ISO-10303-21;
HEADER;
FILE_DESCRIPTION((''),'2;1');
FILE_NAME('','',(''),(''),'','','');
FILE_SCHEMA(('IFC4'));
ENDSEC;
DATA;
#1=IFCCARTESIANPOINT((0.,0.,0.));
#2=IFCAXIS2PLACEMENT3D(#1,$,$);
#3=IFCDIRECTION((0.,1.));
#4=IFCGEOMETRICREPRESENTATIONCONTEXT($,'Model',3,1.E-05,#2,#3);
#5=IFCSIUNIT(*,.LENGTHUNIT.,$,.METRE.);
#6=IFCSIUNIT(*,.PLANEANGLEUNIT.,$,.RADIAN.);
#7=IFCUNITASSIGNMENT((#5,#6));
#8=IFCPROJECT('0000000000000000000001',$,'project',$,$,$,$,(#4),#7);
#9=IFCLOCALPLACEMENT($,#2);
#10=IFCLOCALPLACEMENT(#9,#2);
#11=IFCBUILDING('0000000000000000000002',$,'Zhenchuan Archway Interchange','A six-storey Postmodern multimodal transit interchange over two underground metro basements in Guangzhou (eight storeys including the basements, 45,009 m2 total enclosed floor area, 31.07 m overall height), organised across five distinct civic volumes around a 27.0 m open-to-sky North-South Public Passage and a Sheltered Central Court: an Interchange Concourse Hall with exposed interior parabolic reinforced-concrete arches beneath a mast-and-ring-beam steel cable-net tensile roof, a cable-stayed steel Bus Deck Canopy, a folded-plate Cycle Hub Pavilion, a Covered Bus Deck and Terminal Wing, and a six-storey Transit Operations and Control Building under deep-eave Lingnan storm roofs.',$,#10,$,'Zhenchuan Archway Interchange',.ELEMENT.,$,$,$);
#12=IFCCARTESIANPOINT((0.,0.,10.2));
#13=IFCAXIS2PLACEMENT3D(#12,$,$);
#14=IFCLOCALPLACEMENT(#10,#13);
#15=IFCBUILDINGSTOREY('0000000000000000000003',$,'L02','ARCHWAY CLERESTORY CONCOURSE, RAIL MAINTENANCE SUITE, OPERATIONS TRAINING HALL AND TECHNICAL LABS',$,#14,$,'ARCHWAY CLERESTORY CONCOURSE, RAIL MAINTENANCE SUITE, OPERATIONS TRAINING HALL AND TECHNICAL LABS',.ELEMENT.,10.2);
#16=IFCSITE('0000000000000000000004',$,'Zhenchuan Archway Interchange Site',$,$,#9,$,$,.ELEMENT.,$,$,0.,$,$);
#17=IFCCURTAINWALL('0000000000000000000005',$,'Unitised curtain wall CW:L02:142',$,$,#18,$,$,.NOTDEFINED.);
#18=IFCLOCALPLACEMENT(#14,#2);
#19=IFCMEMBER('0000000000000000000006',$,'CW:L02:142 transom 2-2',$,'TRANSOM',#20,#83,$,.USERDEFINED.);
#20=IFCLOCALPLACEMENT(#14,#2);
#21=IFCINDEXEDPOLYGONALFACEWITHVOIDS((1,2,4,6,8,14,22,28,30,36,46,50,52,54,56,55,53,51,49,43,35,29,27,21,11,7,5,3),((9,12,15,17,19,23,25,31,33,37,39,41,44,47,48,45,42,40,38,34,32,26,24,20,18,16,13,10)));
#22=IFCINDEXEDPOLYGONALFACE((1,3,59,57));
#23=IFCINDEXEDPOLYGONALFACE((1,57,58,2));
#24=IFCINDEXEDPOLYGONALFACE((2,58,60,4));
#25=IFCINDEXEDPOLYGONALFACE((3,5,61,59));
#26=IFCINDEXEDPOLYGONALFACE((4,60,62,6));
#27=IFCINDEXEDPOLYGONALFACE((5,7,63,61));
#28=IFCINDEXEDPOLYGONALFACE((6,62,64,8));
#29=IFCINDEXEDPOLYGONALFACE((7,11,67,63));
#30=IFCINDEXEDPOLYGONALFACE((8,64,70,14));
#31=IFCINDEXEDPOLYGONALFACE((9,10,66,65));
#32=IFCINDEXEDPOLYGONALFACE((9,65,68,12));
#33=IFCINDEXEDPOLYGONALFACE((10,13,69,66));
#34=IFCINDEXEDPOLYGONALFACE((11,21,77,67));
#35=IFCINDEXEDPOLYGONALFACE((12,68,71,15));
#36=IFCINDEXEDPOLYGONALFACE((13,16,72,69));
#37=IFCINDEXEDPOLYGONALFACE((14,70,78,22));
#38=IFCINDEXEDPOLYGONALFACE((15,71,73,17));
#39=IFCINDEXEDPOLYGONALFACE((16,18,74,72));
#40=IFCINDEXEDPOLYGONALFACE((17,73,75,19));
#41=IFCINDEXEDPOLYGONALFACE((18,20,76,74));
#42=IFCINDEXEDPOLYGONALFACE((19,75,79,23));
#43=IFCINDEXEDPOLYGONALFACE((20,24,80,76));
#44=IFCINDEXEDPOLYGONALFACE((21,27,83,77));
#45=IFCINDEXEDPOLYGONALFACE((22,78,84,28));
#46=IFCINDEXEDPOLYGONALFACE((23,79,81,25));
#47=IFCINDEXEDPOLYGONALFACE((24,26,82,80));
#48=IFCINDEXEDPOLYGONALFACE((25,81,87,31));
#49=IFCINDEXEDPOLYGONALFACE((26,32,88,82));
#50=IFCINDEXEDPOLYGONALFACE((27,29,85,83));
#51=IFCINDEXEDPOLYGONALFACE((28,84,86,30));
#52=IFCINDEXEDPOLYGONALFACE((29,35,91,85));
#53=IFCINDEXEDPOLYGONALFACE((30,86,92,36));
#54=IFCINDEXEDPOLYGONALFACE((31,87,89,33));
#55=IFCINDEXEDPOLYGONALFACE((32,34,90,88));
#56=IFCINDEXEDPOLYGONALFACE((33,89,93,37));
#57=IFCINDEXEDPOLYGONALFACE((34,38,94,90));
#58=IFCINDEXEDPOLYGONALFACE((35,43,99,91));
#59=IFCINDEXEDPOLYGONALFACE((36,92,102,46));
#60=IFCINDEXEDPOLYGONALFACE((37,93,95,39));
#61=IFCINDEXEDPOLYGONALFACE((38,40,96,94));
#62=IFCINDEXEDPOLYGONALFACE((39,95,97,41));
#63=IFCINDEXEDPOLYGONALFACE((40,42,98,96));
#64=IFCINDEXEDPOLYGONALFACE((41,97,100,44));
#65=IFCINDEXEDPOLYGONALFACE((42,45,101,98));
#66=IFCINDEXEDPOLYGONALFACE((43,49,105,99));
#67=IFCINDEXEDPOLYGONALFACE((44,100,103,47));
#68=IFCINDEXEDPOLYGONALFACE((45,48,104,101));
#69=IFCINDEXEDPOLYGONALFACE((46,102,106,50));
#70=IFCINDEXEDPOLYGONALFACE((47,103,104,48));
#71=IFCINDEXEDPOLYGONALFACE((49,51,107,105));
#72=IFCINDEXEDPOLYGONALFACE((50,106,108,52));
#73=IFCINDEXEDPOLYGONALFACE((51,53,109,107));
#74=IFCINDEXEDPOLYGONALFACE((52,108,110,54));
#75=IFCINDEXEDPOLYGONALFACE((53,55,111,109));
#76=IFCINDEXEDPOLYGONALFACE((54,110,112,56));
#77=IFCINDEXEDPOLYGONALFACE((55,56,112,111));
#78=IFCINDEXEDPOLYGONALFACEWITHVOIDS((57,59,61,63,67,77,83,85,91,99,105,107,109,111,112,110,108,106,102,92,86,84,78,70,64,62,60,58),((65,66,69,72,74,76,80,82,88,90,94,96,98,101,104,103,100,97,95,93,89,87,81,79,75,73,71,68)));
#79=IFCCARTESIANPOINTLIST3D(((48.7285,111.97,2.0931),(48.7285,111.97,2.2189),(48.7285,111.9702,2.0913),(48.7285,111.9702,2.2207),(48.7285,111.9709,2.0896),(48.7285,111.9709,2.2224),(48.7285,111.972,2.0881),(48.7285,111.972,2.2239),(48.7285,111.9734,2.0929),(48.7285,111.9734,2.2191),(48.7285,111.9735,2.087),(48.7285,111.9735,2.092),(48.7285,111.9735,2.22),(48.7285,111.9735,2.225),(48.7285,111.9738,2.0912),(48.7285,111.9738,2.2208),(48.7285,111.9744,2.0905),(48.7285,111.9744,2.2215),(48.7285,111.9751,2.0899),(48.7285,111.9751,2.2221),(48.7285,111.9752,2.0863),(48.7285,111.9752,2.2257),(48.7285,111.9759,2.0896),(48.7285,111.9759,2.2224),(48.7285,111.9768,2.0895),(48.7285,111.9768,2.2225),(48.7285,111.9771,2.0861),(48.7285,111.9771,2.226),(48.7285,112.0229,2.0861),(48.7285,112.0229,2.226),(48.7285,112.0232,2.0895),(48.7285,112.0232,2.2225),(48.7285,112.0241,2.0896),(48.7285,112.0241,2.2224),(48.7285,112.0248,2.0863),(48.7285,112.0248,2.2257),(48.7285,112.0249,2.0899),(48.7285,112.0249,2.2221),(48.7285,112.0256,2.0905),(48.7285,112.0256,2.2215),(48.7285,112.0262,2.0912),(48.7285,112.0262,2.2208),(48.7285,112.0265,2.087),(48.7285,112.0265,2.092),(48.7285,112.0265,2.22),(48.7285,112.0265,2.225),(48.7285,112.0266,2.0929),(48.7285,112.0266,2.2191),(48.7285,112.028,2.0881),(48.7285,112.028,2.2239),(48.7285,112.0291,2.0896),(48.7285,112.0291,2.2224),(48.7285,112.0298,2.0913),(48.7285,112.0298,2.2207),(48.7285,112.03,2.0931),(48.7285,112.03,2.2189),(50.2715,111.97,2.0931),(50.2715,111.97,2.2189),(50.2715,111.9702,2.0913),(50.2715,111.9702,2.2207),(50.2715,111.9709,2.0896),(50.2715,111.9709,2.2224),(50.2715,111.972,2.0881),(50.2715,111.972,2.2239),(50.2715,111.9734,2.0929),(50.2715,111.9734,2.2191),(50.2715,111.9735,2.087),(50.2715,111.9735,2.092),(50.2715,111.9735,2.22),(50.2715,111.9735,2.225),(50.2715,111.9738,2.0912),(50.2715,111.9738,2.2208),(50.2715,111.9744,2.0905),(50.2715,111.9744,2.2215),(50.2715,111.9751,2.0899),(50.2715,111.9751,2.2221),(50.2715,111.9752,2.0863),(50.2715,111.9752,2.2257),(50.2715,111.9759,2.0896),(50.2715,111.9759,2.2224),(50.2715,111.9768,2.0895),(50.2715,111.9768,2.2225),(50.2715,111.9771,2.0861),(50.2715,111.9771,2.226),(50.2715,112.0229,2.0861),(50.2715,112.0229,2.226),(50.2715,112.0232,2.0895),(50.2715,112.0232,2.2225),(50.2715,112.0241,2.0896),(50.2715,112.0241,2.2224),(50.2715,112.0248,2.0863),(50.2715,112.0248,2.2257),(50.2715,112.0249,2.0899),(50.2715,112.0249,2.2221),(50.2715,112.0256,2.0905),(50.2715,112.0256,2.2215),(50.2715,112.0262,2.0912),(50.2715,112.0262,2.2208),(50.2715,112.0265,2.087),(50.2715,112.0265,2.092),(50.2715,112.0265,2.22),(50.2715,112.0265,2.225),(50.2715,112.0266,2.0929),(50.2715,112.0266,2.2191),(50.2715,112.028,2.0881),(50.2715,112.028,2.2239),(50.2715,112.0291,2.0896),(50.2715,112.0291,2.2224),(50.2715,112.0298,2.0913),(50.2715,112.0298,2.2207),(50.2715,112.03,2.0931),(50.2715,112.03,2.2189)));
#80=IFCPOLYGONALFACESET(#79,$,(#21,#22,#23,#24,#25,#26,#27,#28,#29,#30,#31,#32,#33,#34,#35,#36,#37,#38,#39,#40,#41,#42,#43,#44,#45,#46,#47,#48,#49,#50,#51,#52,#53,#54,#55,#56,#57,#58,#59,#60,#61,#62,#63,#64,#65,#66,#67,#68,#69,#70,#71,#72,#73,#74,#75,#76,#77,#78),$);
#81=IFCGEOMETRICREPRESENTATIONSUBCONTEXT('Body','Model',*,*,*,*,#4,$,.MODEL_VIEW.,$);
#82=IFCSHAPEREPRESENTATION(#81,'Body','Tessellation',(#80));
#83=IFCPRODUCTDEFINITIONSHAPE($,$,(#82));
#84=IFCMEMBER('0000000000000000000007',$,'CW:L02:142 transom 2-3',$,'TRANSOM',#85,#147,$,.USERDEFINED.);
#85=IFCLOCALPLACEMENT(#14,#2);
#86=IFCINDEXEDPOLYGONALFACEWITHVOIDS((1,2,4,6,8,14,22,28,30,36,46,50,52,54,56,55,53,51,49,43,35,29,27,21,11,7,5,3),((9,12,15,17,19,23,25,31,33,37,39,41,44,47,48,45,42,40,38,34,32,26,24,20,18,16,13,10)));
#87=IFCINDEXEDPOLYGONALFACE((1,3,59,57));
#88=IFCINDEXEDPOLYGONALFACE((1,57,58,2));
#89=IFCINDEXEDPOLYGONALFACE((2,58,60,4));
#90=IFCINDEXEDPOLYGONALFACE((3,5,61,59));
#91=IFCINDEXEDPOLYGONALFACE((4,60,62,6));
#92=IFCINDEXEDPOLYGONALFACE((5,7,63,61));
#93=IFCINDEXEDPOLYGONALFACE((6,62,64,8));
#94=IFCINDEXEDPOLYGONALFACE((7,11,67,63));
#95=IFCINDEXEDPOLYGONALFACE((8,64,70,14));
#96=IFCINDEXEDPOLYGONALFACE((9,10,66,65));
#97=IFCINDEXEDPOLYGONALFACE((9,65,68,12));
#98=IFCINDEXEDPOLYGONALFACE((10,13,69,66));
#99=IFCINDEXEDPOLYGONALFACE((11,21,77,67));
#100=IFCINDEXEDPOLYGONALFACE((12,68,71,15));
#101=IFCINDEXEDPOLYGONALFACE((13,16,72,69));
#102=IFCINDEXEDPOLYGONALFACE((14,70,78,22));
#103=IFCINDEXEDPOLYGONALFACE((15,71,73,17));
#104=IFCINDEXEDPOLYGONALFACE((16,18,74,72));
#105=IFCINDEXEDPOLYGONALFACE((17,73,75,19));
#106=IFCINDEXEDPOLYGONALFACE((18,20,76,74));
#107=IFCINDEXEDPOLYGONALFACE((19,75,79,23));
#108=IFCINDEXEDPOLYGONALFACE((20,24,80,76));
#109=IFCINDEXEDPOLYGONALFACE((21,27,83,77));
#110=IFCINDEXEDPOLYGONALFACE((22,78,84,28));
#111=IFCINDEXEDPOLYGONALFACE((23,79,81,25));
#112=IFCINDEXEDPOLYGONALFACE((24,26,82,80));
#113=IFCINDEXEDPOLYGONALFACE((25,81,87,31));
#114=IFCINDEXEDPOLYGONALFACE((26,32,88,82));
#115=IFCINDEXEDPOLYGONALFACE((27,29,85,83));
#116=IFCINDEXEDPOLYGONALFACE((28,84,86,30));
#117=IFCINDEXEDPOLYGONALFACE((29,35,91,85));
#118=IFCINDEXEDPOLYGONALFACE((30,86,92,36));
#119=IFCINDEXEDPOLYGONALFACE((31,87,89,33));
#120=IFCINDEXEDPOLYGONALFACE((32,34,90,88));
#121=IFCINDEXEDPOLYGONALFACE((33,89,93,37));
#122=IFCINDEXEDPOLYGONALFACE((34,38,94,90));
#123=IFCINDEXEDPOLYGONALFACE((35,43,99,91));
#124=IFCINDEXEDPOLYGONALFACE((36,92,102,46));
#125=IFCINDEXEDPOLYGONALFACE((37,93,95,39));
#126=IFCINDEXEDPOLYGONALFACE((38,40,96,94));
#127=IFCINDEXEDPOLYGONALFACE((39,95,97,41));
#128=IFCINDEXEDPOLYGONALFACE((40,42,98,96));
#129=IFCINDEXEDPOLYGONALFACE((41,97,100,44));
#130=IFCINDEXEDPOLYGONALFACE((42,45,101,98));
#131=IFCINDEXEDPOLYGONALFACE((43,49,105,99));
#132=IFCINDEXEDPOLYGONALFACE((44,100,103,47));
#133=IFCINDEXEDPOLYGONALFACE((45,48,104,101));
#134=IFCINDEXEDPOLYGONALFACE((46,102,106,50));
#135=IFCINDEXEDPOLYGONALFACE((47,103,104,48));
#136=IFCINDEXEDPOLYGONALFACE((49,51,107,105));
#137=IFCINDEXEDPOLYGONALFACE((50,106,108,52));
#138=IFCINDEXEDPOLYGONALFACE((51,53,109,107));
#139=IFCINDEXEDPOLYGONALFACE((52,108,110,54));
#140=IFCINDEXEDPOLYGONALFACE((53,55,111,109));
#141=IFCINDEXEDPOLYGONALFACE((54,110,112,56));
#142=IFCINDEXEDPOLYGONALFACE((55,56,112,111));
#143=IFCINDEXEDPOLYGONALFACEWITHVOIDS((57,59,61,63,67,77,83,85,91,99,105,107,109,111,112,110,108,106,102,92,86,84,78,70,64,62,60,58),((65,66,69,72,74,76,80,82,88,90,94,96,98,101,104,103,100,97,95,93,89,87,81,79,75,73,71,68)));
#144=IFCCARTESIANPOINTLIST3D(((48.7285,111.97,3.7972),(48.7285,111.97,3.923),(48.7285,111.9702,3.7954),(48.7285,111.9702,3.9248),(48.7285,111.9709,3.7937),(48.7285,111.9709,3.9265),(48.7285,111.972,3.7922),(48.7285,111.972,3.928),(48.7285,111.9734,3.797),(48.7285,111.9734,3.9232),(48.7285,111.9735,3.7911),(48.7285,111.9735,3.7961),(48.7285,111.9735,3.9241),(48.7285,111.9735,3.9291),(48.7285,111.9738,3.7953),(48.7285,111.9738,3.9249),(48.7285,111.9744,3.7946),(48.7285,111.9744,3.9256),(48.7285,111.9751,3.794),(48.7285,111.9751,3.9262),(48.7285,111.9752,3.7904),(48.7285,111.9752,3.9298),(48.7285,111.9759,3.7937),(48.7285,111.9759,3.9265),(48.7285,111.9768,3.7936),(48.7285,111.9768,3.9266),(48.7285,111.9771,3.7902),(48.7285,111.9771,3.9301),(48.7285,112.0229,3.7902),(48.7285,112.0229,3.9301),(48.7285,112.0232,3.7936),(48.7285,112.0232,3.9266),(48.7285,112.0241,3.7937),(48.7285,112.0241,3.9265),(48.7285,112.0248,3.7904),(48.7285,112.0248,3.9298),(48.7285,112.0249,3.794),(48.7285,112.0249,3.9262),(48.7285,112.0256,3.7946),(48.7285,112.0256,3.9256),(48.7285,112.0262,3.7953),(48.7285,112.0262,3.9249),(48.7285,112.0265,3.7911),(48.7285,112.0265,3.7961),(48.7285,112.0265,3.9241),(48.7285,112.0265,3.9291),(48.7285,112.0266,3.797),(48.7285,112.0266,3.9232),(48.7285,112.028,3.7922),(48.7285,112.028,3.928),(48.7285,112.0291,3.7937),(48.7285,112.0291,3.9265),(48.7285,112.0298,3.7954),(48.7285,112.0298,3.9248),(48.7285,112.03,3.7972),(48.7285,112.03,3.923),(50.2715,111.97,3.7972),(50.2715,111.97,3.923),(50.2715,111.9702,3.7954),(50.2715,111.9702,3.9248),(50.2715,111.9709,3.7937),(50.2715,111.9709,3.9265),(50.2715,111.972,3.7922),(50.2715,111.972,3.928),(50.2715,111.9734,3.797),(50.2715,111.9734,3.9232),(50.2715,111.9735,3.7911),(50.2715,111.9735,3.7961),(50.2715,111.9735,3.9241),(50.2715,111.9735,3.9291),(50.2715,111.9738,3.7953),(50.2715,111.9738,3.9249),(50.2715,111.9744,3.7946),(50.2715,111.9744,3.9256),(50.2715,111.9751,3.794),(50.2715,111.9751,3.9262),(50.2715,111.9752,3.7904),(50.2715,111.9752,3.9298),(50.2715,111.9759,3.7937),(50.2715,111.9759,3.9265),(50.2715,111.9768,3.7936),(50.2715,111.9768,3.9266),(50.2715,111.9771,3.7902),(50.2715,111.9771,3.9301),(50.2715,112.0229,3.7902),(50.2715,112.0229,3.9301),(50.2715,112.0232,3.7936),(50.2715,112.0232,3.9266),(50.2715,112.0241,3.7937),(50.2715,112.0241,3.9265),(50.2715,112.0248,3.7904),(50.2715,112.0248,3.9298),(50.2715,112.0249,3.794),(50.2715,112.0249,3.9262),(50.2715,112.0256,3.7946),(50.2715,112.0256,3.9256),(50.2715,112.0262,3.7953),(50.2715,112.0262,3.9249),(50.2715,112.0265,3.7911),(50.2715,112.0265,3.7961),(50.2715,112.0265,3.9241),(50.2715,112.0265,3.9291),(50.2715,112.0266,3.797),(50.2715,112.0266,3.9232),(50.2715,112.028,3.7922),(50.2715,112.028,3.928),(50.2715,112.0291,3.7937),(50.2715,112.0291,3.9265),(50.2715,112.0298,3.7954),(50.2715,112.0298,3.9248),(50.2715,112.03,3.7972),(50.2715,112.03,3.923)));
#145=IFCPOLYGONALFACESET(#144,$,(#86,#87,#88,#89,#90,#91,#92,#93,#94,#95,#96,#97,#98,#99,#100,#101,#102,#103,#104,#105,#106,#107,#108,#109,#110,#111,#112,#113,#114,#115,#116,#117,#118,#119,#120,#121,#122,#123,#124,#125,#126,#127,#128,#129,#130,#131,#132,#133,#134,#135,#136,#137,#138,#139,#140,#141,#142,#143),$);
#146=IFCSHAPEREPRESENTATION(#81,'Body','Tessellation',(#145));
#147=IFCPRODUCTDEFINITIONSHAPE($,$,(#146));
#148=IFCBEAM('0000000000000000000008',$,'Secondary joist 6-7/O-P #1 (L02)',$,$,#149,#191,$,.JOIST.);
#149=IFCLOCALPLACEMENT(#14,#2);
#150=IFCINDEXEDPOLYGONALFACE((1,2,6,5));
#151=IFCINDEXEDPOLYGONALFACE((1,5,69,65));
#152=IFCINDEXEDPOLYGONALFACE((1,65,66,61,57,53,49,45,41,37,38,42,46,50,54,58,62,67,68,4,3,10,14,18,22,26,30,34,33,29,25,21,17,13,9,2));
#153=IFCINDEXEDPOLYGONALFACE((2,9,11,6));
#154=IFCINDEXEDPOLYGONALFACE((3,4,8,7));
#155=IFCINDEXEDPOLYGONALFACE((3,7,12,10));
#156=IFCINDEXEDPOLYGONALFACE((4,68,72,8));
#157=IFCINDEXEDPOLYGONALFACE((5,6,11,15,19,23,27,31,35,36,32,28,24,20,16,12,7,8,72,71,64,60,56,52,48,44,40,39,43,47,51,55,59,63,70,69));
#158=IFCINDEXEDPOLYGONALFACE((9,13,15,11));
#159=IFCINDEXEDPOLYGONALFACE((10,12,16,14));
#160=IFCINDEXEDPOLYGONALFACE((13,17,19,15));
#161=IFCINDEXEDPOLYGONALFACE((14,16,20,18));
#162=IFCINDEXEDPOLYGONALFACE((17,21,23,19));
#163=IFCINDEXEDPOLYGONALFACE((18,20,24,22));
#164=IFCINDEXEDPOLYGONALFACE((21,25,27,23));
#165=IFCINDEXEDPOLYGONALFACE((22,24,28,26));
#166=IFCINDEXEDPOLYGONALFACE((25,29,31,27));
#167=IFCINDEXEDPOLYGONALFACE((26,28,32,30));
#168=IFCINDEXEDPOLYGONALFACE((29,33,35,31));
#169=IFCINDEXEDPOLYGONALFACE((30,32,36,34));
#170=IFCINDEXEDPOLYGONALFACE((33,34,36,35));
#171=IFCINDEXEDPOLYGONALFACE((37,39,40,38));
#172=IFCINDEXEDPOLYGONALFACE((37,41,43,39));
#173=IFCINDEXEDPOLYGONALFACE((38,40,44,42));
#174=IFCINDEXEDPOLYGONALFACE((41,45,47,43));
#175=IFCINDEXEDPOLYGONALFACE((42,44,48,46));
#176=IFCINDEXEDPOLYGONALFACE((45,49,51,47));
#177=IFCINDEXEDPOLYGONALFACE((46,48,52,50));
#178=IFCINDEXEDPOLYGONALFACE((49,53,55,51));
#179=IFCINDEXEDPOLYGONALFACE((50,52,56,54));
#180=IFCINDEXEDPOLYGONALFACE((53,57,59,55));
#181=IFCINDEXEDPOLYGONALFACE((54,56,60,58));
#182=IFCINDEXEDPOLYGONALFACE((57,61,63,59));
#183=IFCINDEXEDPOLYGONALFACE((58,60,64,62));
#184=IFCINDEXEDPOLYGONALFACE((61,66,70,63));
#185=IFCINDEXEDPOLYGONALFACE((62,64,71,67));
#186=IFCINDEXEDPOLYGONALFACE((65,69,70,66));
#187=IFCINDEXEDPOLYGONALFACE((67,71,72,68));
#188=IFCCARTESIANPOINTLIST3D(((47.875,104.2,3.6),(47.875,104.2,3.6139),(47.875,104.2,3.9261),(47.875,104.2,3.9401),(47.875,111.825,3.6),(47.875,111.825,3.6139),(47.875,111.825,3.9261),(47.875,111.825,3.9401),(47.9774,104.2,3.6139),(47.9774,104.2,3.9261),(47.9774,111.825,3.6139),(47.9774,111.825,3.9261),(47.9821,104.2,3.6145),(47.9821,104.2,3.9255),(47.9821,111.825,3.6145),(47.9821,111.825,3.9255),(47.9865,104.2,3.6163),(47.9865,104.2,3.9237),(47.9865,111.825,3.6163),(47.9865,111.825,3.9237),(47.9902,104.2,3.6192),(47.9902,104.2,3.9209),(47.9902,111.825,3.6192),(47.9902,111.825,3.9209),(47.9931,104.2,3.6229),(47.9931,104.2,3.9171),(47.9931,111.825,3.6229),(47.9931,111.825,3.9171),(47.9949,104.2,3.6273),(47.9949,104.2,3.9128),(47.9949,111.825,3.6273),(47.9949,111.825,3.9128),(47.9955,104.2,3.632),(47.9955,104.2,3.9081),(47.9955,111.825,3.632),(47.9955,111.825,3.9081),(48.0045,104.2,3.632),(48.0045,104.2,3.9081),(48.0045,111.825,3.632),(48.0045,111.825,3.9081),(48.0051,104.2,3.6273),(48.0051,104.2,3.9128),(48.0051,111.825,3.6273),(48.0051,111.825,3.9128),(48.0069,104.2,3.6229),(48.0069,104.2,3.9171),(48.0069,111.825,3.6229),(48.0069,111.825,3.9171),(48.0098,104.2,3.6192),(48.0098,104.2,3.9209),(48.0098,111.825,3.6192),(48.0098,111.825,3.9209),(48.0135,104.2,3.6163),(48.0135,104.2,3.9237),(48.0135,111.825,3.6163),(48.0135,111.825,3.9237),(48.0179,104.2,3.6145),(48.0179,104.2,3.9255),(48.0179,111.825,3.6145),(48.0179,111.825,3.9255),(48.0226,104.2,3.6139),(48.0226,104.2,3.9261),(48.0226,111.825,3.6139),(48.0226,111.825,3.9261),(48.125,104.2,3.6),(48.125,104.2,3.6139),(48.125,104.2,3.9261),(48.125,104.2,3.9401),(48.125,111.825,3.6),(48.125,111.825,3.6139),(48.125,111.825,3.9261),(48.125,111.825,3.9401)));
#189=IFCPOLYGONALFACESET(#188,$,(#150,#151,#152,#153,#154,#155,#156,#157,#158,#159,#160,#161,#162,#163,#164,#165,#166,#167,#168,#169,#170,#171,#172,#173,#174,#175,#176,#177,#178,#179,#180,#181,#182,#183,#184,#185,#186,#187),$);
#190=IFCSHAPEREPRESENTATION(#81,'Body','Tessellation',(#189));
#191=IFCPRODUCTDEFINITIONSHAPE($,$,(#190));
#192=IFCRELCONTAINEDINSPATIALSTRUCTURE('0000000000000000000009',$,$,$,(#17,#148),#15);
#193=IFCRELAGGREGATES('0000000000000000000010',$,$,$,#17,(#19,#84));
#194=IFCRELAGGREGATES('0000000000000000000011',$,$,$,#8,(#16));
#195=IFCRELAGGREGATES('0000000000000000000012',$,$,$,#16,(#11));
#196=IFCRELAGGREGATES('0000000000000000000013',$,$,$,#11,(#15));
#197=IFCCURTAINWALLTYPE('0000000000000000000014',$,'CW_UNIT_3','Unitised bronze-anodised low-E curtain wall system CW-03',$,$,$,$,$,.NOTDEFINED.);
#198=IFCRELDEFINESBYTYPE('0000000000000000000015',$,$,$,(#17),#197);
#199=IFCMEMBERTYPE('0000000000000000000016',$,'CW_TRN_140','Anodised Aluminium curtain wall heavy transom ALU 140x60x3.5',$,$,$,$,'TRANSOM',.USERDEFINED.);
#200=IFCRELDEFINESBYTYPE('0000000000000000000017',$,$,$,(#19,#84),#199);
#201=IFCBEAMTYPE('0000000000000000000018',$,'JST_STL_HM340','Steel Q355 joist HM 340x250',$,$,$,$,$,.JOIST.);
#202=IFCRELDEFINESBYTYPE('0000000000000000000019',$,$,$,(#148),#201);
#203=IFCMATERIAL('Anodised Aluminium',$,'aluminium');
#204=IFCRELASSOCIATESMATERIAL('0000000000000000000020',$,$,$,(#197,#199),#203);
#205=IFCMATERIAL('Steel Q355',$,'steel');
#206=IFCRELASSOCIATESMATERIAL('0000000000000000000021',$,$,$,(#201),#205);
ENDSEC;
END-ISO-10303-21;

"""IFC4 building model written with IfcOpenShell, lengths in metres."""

from ifc_helpers import new_model, si_unit, direction, frame, origin, origin_2d, place, context, subcontext, project, spatial, hollow_rectangle, i_section, extrude, material, material_profile, profile_set, type_object, element, aggregate, save


model = new_model("IFC4")

# Units and contexts
model_context = context("Model", 3, precision=1e-05, world=origin(), true_north=direction((0.0, 1.0)))
body_context = subcontext(model_context, "Body", "Model", "MODEL_VIEW")
ifc_project = project(units=[si_unit("LENGTHUNIT", "METRE"), si_unit("PLANEANGLEUNIT", "RADIAN")], contexts=[model_context])

# Site, building, storey
site_placement = place(None, origin())
site = spatial("IfcSite", under=ifc_project, at=site_placement, Name="Zhenchuan Archway Interchange Site", CompositionType="ELEMENT", RefElevation=0.0)
building_placement = place(site_placement, origin())
building = spatial("IfcBuilding", under=site, at=building_placement, Name="Zhenchuan Archway Interchange", Description="A six-storey Postmodern multimodal transit interchange over two underground metro basements in Guangzhou (eight storeys including the basements, 45,009 m2 total enclosed floor area, 31.07 m overall height), organised across five distinct civic volumes around a 27.0 m open-to-sky North-South Public Passage and a Sheltered Central Court: an Interchange Concourse Hall with exposed interior parabolic reinforced-concrete arches beneath a mast-and-ring-beam steel cable-net tensile roof, a cable-stayed steel Bus Deck Canopy, a folded-plate Cycle Hub Pavilion, a Covered Bus Deck and Terminal Wing, and a six-storey Transit Operations and Control Building under deep-eave Lingnan storm roofs.", LongName="Zhenchuan Archway Interchange", CompositionType="ELEMENT")
storey_placement = place(building_placement, frame((0.0, 0.0, 10.2)))
storey = spatial("IfcBuildingStorey", under=building, at=storey_placement, Name="L02", Description="ARCHWAY CLERESTORY CONCOURSE, RAIL MAINTENANCE SUITE, OPERATIONS TRAINING HALL AND TECHNICAL LABS", LongName="ARCHWAY CLERESTORY CONCOURSE, RAIL MAINTENANCE SUITE, OPERATIONS TRAINING HALL AND TECHNICAL LABS", CompositionType="ELEMENT", Elevation=10.2)

# Curtain wall, members
ifc_material_1 = material(Name="Anodised Aluminium", Category="aluminium")
curtain_wall_type = type_object("IfcCurtainWallType", Name="CW_UNIT_3", Description="Unitised bronze-anodised low-E curtain wall system CW-03", PredefinedType="NOTDEFINED", material=ifc_material_1)
curtain_wall_placement = place(storey_placement, origin())
curtain_wall = element("IfcCurtainWall", 1, at=curtain_wall_placement, inside=storey, type_object=curtain_wall_type, Name="Unitised curtain wall CW:L02:142", PredefinedType="NOTDEFINED")
ifc_material_profile_1 = material_profile(ifc_material_1, hollow_rectangle(XDim=0.0601, YDim=0.1399, WallThickness=0.0034, InnerFilletRadius=0.0034, OuterFilletRadius=0.0071, at=origin_2d()), Name="ALU 140x60x3.5")
ifc_profile_set_1 = profile_set([ifc_material_profile_1], Name="Anodised Aluminium")
member_type_1 = type_object("IfcMemberType", Name="CW_TRN_140", Description="Anodised Aluminium curtain wall heavy transom ALU 140x60x3.5", ElementType="TRANSOM", PredefinedType="USERDEFINED", material=ifc_profile_set_1)
member_1_placement = place(storey_placement, frame((48.7285, 112.0, 2.156), z_axis=(1.0, 0.0, 0.0), x_axis=(0.0, 1.0, 0.0)))
member_1 = element("IfcMember", 2, at=member_1_placement, type_object=member_type_1, Name="CW:L02:142 transom 2-2", ObjectType="TRANSOM", PredefinedType="USERDEFINED", context=body_context, shape_type="SweptSolid", body=[
    extrude(hollow_rectangle(XDim=0.0601, YDim=0.1399, WallThickness=0.0034, InnerFilletRadius=0.0034, OuterFilletRadius=0.0071, at=origin_2d()), origin(), (0.0, 0.0, 1.0), 1.543),
])
member_2_placement = place(storey_placement, frame((48.7285, 112.0, 3.8601), z_axis=(1.0, 0.0, 0.0), x_axis=(0.0, 1.0, 0.0)))
member_2 = element("IfcMember", 3, at=member_2_placement, type_object=member_type_1, Name="CW:L02:142 transom 2-3", ObjectType="TRANSOM", PredefinedType="USERDEFINED", context=body_context, shape_type="SweptSolid", body=[
    extrude(hollow_rectangle(XDim=0.0601, YDim=0.1399, WallThickness=0.0034, InnerFilletRadius=0.0034, OuterFilletRadius=0.0071, at=origin_2d()), origin(), (0.0, 0.0, 1.0), 1.543),
])

# Beam
ifc_material_2 = material(Name="Steel Q355", Category="steel")
ifc_material_profile_2 = material_profile(ifc_material_2, i_section(OverallWidth=0.25, OverallDepth=0.3401, WebThickness=0.009, FlangeThickness=0.0139, FilletRadius=0.0181, at=origin_2d()), Name="HM 340x250")
ifc_profile_set_2 = profile_set([ifc_material_profile_2], Name="Steel Q355")
beam_type_1 = type_object("IfcBeamType", Name="JST_STL_HM340", Description="Steel Q355 joist HM 340x250", PredefinedType="JOIST", material=ifc_profile_set_2)
beam_1_placement = place(storey_placement, frame((48.0, 104.2, 3.77), z_axis=(0.0, 1.0, 0.0), x_axis=(-1.0, 0.0, 0.0)))
element("IfcBeam", 4, at=beam_1_placement, inside=storey, type_object=beam_type_1, Name="Secondary joist 6-7/O-P #1 (L02)", PredefinedType="JOIST", context=body_context, shape_type="SweptSolid", body=[
    extrude(i_section(OverallWidth=0.25, OverallDepth=0.3401, WebThickness=0.009, FlangeThickness=0.0139, FilletRadius=0.0181, at=origin_2d()), origin(), (0.0, 0.0, 1.0), 7.625),
])

aggregate(curtain_wall, [member_1, member_2])

save(model, "model.ifc")
